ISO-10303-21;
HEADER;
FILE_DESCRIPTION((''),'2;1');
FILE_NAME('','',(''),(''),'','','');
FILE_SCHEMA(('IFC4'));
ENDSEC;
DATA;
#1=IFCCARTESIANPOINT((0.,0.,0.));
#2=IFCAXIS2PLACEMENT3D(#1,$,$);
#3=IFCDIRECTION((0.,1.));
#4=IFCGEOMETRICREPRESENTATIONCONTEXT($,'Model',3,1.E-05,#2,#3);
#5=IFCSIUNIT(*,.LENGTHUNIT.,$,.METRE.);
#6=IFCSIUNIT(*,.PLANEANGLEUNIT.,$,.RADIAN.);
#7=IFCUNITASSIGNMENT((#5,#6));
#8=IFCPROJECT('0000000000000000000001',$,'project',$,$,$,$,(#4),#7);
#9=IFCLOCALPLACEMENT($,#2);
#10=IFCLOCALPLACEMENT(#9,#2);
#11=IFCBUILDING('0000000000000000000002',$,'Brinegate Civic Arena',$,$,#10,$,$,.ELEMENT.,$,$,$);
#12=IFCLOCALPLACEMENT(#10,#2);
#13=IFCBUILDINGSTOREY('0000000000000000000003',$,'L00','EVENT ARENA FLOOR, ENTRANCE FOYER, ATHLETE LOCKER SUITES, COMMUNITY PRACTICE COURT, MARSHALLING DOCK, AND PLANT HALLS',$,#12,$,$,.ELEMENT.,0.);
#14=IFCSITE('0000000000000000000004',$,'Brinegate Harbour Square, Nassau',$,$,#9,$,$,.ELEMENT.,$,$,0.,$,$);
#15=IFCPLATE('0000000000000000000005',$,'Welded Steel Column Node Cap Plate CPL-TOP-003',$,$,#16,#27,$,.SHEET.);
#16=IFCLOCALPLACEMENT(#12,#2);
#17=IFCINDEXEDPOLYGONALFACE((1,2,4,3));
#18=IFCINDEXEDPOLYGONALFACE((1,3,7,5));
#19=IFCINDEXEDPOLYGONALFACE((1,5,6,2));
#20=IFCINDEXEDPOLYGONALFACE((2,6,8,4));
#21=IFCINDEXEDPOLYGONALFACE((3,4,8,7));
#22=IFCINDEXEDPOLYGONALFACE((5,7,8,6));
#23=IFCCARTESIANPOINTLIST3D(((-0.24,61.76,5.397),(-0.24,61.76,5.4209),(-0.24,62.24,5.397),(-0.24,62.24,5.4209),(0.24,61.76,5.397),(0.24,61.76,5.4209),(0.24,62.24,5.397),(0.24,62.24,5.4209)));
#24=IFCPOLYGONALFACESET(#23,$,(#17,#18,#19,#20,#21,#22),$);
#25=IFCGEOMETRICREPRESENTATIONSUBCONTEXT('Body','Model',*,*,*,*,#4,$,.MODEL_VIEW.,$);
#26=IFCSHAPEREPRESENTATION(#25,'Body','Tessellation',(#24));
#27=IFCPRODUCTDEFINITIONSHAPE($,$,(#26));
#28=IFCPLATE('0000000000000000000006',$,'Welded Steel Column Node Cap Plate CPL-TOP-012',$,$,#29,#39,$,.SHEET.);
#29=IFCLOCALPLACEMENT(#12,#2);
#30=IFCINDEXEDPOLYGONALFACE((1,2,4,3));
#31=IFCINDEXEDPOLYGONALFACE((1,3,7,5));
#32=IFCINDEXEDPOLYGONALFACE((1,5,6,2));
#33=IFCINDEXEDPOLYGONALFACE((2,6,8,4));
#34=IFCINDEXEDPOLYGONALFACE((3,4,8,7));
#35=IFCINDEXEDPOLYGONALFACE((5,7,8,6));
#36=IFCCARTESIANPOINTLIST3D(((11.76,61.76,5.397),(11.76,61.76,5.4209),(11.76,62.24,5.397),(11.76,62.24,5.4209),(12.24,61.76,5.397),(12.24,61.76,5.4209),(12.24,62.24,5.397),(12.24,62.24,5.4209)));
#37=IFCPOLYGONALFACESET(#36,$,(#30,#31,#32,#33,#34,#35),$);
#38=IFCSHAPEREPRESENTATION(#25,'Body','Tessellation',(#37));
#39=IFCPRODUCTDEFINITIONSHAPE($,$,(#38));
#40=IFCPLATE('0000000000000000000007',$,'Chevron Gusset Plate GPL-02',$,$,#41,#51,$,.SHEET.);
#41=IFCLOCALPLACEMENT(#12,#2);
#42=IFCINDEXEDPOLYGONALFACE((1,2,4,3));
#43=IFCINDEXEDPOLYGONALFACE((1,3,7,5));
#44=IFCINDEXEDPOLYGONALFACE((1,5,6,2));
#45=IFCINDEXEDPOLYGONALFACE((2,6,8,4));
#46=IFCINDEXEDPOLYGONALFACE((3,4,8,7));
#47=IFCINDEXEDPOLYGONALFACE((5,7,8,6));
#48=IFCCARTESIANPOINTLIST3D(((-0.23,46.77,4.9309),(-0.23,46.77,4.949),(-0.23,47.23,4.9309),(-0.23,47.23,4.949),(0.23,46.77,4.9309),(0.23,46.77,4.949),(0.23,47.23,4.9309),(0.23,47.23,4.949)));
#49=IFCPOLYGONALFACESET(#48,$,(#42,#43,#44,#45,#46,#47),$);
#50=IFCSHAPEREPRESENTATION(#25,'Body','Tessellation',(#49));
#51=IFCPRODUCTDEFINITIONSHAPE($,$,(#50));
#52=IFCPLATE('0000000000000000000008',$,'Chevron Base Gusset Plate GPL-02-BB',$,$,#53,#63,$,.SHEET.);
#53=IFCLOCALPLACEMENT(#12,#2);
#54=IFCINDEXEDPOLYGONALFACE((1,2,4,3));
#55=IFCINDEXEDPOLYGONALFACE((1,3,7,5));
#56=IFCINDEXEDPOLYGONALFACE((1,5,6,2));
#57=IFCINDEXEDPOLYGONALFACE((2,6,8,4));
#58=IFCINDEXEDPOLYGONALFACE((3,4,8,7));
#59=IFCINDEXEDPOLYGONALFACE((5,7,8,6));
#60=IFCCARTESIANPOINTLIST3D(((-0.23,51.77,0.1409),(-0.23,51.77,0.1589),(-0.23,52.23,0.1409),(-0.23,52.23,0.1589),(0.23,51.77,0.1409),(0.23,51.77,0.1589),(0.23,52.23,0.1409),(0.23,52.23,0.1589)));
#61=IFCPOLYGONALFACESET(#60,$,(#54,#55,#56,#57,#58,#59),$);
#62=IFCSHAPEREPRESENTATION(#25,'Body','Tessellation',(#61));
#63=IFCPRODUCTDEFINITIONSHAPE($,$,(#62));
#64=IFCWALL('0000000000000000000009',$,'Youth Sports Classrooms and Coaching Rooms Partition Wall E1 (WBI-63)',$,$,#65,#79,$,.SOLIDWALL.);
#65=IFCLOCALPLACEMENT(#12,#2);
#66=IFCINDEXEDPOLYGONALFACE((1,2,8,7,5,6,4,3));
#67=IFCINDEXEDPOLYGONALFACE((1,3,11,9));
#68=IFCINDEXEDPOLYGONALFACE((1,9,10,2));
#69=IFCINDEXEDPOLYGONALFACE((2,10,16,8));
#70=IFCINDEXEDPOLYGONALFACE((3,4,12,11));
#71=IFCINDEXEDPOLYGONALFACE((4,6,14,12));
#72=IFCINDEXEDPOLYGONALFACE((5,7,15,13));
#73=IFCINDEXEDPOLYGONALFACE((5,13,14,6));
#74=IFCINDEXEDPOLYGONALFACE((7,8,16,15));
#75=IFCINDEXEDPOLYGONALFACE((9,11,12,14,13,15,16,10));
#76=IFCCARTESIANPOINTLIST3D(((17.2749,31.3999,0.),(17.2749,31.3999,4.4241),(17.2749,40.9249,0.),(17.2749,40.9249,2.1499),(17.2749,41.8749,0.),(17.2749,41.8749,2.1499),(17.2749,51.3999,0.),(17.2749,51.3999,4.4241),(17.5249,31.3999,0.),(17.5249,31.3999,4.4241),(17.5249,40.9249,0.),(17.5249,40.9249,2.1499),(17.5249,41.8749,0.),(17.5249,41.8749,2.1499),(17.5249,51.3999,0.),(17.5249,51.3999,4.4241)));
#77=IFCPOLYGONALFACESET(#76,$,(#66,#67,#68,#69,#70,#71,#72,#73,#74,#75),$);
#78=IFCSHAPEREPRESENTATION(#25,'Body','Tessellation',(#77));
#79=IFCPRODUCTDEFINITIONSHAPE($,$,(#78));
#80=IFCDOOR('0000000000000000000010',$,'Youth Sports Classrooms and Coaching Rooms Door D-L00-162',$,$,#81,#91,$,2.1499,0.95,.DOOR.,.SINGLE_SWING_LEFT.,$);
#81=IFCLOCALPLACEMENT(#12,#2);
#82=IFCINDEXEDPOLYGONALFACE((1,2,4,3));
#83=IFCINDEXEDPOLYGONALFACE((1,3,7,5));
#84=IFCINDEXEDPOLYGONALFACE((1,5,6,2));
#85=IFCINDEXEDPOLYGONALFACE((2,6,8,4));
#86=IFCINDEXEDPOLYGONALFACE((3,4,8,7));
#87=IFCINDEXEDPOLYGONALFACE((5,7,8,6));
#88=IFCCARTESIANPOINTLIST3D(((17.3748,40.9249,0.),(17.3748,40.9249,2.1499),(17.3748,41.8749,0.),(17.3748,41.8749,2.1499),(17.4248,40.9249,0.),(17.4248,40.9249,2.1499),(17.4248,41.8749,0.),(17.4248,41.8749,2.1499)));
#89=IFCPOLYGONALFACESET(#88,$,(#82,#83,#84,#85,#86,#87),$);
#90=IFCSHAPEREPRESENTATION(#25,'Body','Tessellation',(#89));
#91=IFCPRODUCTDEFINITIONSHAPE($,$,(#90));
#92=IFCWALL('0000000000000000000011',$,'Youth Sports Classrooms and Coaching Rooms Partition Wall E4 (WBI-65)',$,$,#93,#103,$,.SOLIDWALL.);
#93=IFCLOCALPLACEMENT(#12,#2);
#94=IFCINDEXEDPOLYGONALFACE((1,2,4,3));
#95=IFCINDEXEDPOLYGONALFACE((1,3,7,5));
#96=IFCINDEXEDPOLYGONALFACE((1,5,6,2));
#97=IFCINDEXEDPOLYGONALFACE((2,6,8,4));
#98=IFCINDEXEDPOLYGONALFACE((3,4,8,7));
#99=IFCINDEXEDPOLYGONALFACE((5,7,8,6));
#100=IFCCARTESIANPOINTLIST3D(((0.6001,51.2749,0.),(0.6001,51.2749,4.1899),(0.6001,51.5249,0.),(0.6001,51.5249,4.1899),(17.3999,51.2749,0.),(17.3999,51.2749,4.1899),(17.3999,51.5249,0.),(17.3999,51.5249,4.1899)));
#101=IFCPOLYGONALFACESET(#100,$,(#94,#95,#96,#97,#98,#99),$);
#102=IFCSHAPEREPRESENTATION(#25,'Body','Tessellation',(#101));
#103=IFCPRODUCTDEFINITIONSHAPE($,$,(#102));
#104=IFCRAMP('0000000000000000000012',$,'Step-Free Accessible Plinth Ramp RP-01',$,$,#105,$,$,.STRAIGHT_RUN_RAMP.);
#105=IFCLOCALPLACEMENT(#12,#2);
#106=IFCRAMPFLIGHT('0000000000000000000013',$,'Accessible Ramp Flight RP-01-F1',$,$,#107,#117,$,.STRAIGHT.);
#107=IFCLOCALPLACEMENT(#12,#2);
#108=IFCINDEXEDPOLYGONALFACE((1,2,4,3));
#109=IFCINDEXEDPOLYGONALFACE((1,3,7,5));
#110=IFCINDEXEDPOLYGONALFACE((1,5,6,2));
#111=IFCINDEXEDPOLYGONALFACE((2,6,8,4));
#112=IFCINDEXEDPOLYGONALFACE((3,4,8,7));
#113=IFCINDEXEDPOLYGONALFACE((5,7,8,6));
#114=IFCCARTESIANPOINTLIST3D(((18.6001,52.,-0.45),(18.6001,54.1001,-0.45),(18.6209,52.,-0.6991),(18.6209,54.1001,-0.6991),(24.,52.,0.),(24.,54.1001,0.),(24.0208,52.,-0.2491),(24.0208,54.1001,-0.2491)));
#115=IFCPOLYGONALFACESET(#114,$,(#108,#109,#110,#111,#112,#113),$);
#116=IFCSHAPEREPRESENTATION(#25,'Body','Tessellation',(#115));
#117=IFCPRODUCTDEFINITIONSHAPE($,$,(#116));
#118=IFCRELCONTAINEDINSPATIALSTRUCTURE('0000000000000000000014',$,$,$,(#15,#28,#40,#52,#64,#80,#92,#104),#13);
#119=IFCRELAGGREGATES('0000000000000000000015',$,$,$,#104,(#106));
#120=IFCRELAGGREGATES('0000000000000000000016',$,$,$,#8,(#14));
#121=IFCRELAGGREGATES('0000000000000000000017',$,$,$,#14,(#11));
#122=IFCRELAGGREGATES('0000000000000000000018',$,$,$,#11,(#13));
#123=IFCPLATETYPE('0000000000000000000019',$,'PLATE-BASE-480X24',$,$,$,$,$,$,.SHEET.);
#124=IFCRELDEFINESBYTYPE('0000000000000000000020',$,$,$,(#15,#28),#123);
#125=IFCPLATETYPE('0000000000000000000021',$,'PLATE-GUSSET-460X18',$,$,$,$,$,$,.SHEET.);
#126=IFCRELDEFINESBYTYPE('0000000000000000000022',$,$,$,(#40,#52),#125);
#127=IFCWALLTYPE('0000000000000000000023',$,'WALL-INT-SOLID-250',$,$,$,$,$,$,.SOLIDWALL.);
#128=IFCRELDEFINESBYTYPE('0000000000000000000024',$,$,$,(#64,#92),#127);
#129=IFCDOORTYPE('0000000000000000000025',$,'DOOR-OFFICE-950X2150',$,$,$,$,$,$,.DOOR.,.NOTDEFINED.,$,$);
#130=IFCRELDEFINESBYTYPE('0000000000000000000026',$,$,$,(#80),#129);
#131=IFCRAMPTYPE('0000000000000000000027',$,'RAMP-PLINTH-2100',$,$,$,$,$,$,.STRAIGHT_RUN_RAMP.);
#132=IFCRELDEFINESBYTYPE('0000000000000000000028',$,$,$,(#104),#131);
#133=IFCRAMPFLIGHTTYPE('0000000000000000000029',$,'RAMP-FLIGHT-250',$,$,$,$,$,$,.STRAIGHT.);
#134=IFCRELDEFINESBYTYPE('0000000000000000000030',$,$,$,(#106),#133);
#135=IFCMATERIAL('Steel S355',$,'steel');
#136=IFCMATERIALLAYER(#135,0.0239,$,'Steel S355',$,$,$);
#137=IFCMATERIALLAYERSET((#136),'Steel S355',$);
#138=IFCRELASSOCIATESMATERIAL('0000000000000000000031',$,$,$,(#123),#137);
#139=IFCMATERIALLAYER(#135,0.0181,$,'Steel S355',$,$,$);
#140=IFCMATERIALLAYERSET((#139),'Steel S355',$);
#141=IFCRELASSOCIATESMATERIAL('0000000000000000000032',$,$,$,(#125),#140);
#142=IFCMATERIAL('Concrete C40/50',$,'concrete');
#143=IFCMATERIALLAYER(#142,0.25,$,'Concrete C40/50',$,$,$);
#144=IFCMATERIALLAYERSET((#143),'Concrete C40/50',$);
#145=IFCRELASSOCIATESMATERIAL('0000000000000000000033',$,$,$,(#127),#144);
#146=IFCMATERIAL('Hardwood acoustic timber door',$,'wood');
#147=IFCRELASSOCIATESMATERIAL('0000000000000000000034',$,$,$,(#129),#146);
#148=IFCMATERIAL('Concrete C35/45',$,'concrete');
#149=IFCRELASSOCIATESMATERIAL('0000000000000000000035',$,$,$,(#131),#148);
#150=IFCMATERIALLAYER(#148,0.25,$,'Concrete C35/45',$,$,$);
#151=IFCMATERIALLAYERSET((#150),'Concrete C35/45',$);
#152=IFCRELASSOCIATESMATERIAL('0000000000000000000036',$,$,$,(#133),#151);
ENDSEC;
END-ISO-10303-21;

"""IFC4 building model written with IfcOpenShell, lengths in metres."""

from ifc_helpers import new_model, si_unit, direction, frame, frame_2d, origin, origin_2d, place, context, subcontext, project, spatial, polyline, rectangle, outline, extrude, material, layer, layer_set, type_object, element, fill, aggregate, save


model = new_model("IFC4")

# Units and contexts
model_context = context("Model", 3, precision=1e-05, world=origin(), true_north=direction((0.0, 1.0)))
body_context = subcontext(model_context, "Body", "Model", "MODEL_VIEW")
ifc_project = project(units=[si_unit("LENGTHUNIT", "METRE"), si_unit("PLANEANGLEUNIT", "RADIAN")], contexts=[model_context])

# Site, building, storey
site_placement = place(None, origin())
site = spatial("IfcSite", under=ifc_project, at=site_placement, Name="Brinegate Harbour Square, Nassau", CompositionType="ELEMENT", RefElevation=0.0)
building_placement = place(site_placement, origin())
building = spatial("IfcBuilding", under=site, at=building_placement, Name="Brinegate Civic Arena", CompositionType="ELEMENT")
storey_placement = place(building_placement, origin())
storey = spatial("IfcBuildingStorey", under=building, at=storey_placement, Name="L00", Description="EVENT ARENA FLOOR, ENTRANCE FOYER, ATHLETE LOCKER SUITES, COMMUNITY PRACTICE COURT, MARSHALLING DOCK, AND PLANT HALLS", CompositionType="ELEMENT", Elevation=0.0)

# Shared definitions
ifc_material_1 = material(Name="Concrete C40/50", Category="concrete")

# Shared definitions
ifc_material_2 = material(Name="Steel S355", Category="steel")

# Plates
ifc_layer_1 = layer(ifc_material_2, 0.0239, Name="Steel S355")
ifc_layer_set_1 = layer_set([ifc_layer_1], Name="Steel S355")
plate_type_1 = type_object("IfcPlateType", Name="PLATE-BASE-480X24", PredefinedType="SHEET", material=ifc_layer_set_1)
for number, where, z_axis, x_axis, name in (
    (1, (0.0, 62.0, 5.397), (0.0, 0.0, 1.0), (1.0, 0.0, 0.0), "Welded Steel Column Node Cap Plate CPL-TOP-003"),
    (2, (12.0, 62.0, 5.397), (0.0, 0.0, 1.0), (1.0, 0.0, 0.0), "Welded Steel Column Node Cap Plate CPL-TOP-012"),
):
    element("IfcPlate", number, at=place(storey_placement, frame(where, z_axis=z_axis, x_axis=x_axis)), inside=storey, type_object=plate_type_1, Name=name, PredefinedType="SHEET", context=body_context, shape_type="SweptSolid", body=[
        extrude(rectangle(XDim=0.48, YDim=0.48, at=origin_2d()), origin(), (0.0, 0.0, 1.0), 0.0239),
    ])
ifc_layer_2 = layer(ifc_material_2, 0.0181, Name="Steel S355")
ifc_layer_set_2 = layer_set([ifc_layer_2], Name="Steel S355")
plate_type_2 = type_object("IfcPlateType", Name="PLATE-GUSSET-460X18", PredefinedType="SHEET", material=ifc_layer_set_2)
for number, where, z_axis, x_axis, name in (
    (3, (0.0, 47.0, 4.9309), (0.0, 0.0, 1.0), (1.0, 0.0, 0.0), "Chevron Gusset Plate GPL-02"),
    (4, (0.0, 52.0, 0.1409), (0.0, 0.0, 1.0), (1.0, 0.0, 0.0), "Chevron Base Gusset Plate GPL-02-BB"),
):
    element("IfcPlate", number, at=place(storey_placement, frame(where, z_axis=z_axis, x_axis=x_axis)), inside=storey, type_object=plate_type_2, Name=name, PredefinedType="SHEET", context=body_context, shape_type="SweptSolid", body=[
        extrude(rectangle(XDim=0.46, YDim=0.46, at=origin_2d()), origin(), (0.0, 0.0, 1.0), 0.0181),
    ])

# Wall, opening, door
ifc_layer_3 = layer(ifc_material_1, 0.25, Name="Concrete C40/50")
ifc_layer_set_3 = layer_set([ifc_layer_3], Name="Concrete C40/50")
wall_type = type_object("IfcWallType", Name="WALL-INT-SOLID-250", PredefinedType="SOLIDWALL", material=ifc_layer_set_3)
wall_1_placement = place(storey_placement, frame((17.3999, 51.3999, 0.0), z_axis=(0.0, 0.0, 1.0), x_axis=(0.0, -1.0, 0.0)))
wall_1 = element("IfcWall", 5, at=wall_1_placement, inside=storey, type_object=wall_type, Name="Youth Sports Classrooms and Coaching Rooms Partition Wall E1 (WBI-63)", PredefinedType="SOLIDWALL", context=body_context, shape_type="SweptSolid", body=[
    extrude(rectangle(XDim=20.0, YDim=0.25, at=frame_2d((10.0, 0.0))), origin(), (0.0, 0.0, 1.0), 4.4241),
])
opening_placement = place(wall_1_placement, frame((9.5249, 0.0, 0.0)))
opening = element("IfcOpeningElement", 6, at=opening_placement, cuts=wall_1, PredefinedType="OPENING", context=body_context, shape_type="SweptSolid", body=[
    extrude(rectangle(XDim=0.95, YDim=2.1499, at=frame_2d((0.4751, 1.075))), frame((0.0, 0.135, 0.0), z_axis=(0.0, -1.0, 0.0), x_axis=(1.0, 0.0, 0.0)), (0.0, 0.0, 1.0), 0.27),
])
ifc_material_3 = material(Name="Hardwood acoustic timber door", Category="wood")
door_type = type_object("IfcDoorType", Name="DOOR-OFFICE-950X2150", OperationType="NOTDEFINED", PredefinedType="DOOR", material=ifc_material_3)
door_placement = place(opening_placement, origin())
door = element("IfcDoor", 7, at=door_placement, inside=storey, type_object=door_type, Name="Youth Sports Classrooms and Coaching Rooms Door D-L00-162", OperationType="SINGLE_SWING_LEFT", OverallHeight=2.1499, OverallWidth=0.95, PredefinedType="DOOR", context=body_context, shape_type="SweptSolid", body=[
    extrude(rectangle(XDim=0.95, YDim=2.1499, at=frame_2d((0.4751, 1.075))), frame((0.0, 0.0249, 0.0), z_axis=(0.0, -1.0, 0.0), x_axis=(1.0, 0.0, 0.0)), (0.0, 0.0, 1.0), 0.05),
])
fill(opening, door)

# Wall
wall_2_placement = place(storey_placement, frame((0.6001, 51.3999, 0.0), z_axis=(0.0, 0.0, 1.0), x_axis=(1.0, 0.0, 0.0)))
element("IfcWall", 8, at=wall_2_placement, inside=storey, type_object=wall_type, Name="Youth Sports Classrooms and Coaching Rooms Partition Wall E4 (WBI-65)", PredefinedType="SOLIDWALL", context=body_context, shape_type="SweptSolid", body=[
    extrude(rectangle(XDim=16.7998, YDim=0.25, at=frame_2d((8.3999, 0.0))), origin(), (0.0, 0.0, 1.0), 4.1899),
])

# Ramp, ramp flight
ifc_material_4 = material(Name="Concrete C35/45", Category="concrete")
ramp_type = type_object("IfcRampType", Name="RAMP-PLINTH-2100", PredefinedType="STRAIGHT_RUN_RAMP", material=ifc_material_4)
ramp_placement = place(storey_placement, origin())
ramp = element("IfcRamp", 9, at=ramp_placement, inside=storey, type_object=ramp_type, Name="Step-Free Accessible Plinth Ramp RP-01", PredefinedType="STRAIGHT_RUN_RAMP")
ifc_layer_4 = layer(ifc_material_4, 0.25, Name="Concrete C35/45")
ifc_layer_set_4 = layer_set([ifc_layer_4], Name="Concrete C35/45")
ramp_flight_type = type_object("IfcRampFlightType", Name="RAMP-FLIGHT-250", PredefinedType="STRAIGHT", material=ifc_layer_set_4)
ramp_flight_placement = place(storey_placement, frame((18.6001, 52.0, -0.45), z_axis=(-0.083038, 0.0, 0.996546), x_axis=(0.996546, 0.0, 0.083038)))
ramp_flight = element("IfcRampFlight", 10, at=ramp_flight_placement, type_object=ramp_flight_type, Name="Accessible Ramp Flight RP-01-F1", PredefinedType="STRAIGHT", context=body_context, shape_type="SweptSolid", body=[
    extrude(outline(polyline([(0.0, 0.0), (5.4186, 0.0), (5.4186, 2.1001), (0.0, 2.1001), (0.0, 0.0)])), origin(), (0.0, 0.0, -1.0), 0.25),
])
aggregate(ramp, [ramp_flight])

save(model, "model.ifc")
